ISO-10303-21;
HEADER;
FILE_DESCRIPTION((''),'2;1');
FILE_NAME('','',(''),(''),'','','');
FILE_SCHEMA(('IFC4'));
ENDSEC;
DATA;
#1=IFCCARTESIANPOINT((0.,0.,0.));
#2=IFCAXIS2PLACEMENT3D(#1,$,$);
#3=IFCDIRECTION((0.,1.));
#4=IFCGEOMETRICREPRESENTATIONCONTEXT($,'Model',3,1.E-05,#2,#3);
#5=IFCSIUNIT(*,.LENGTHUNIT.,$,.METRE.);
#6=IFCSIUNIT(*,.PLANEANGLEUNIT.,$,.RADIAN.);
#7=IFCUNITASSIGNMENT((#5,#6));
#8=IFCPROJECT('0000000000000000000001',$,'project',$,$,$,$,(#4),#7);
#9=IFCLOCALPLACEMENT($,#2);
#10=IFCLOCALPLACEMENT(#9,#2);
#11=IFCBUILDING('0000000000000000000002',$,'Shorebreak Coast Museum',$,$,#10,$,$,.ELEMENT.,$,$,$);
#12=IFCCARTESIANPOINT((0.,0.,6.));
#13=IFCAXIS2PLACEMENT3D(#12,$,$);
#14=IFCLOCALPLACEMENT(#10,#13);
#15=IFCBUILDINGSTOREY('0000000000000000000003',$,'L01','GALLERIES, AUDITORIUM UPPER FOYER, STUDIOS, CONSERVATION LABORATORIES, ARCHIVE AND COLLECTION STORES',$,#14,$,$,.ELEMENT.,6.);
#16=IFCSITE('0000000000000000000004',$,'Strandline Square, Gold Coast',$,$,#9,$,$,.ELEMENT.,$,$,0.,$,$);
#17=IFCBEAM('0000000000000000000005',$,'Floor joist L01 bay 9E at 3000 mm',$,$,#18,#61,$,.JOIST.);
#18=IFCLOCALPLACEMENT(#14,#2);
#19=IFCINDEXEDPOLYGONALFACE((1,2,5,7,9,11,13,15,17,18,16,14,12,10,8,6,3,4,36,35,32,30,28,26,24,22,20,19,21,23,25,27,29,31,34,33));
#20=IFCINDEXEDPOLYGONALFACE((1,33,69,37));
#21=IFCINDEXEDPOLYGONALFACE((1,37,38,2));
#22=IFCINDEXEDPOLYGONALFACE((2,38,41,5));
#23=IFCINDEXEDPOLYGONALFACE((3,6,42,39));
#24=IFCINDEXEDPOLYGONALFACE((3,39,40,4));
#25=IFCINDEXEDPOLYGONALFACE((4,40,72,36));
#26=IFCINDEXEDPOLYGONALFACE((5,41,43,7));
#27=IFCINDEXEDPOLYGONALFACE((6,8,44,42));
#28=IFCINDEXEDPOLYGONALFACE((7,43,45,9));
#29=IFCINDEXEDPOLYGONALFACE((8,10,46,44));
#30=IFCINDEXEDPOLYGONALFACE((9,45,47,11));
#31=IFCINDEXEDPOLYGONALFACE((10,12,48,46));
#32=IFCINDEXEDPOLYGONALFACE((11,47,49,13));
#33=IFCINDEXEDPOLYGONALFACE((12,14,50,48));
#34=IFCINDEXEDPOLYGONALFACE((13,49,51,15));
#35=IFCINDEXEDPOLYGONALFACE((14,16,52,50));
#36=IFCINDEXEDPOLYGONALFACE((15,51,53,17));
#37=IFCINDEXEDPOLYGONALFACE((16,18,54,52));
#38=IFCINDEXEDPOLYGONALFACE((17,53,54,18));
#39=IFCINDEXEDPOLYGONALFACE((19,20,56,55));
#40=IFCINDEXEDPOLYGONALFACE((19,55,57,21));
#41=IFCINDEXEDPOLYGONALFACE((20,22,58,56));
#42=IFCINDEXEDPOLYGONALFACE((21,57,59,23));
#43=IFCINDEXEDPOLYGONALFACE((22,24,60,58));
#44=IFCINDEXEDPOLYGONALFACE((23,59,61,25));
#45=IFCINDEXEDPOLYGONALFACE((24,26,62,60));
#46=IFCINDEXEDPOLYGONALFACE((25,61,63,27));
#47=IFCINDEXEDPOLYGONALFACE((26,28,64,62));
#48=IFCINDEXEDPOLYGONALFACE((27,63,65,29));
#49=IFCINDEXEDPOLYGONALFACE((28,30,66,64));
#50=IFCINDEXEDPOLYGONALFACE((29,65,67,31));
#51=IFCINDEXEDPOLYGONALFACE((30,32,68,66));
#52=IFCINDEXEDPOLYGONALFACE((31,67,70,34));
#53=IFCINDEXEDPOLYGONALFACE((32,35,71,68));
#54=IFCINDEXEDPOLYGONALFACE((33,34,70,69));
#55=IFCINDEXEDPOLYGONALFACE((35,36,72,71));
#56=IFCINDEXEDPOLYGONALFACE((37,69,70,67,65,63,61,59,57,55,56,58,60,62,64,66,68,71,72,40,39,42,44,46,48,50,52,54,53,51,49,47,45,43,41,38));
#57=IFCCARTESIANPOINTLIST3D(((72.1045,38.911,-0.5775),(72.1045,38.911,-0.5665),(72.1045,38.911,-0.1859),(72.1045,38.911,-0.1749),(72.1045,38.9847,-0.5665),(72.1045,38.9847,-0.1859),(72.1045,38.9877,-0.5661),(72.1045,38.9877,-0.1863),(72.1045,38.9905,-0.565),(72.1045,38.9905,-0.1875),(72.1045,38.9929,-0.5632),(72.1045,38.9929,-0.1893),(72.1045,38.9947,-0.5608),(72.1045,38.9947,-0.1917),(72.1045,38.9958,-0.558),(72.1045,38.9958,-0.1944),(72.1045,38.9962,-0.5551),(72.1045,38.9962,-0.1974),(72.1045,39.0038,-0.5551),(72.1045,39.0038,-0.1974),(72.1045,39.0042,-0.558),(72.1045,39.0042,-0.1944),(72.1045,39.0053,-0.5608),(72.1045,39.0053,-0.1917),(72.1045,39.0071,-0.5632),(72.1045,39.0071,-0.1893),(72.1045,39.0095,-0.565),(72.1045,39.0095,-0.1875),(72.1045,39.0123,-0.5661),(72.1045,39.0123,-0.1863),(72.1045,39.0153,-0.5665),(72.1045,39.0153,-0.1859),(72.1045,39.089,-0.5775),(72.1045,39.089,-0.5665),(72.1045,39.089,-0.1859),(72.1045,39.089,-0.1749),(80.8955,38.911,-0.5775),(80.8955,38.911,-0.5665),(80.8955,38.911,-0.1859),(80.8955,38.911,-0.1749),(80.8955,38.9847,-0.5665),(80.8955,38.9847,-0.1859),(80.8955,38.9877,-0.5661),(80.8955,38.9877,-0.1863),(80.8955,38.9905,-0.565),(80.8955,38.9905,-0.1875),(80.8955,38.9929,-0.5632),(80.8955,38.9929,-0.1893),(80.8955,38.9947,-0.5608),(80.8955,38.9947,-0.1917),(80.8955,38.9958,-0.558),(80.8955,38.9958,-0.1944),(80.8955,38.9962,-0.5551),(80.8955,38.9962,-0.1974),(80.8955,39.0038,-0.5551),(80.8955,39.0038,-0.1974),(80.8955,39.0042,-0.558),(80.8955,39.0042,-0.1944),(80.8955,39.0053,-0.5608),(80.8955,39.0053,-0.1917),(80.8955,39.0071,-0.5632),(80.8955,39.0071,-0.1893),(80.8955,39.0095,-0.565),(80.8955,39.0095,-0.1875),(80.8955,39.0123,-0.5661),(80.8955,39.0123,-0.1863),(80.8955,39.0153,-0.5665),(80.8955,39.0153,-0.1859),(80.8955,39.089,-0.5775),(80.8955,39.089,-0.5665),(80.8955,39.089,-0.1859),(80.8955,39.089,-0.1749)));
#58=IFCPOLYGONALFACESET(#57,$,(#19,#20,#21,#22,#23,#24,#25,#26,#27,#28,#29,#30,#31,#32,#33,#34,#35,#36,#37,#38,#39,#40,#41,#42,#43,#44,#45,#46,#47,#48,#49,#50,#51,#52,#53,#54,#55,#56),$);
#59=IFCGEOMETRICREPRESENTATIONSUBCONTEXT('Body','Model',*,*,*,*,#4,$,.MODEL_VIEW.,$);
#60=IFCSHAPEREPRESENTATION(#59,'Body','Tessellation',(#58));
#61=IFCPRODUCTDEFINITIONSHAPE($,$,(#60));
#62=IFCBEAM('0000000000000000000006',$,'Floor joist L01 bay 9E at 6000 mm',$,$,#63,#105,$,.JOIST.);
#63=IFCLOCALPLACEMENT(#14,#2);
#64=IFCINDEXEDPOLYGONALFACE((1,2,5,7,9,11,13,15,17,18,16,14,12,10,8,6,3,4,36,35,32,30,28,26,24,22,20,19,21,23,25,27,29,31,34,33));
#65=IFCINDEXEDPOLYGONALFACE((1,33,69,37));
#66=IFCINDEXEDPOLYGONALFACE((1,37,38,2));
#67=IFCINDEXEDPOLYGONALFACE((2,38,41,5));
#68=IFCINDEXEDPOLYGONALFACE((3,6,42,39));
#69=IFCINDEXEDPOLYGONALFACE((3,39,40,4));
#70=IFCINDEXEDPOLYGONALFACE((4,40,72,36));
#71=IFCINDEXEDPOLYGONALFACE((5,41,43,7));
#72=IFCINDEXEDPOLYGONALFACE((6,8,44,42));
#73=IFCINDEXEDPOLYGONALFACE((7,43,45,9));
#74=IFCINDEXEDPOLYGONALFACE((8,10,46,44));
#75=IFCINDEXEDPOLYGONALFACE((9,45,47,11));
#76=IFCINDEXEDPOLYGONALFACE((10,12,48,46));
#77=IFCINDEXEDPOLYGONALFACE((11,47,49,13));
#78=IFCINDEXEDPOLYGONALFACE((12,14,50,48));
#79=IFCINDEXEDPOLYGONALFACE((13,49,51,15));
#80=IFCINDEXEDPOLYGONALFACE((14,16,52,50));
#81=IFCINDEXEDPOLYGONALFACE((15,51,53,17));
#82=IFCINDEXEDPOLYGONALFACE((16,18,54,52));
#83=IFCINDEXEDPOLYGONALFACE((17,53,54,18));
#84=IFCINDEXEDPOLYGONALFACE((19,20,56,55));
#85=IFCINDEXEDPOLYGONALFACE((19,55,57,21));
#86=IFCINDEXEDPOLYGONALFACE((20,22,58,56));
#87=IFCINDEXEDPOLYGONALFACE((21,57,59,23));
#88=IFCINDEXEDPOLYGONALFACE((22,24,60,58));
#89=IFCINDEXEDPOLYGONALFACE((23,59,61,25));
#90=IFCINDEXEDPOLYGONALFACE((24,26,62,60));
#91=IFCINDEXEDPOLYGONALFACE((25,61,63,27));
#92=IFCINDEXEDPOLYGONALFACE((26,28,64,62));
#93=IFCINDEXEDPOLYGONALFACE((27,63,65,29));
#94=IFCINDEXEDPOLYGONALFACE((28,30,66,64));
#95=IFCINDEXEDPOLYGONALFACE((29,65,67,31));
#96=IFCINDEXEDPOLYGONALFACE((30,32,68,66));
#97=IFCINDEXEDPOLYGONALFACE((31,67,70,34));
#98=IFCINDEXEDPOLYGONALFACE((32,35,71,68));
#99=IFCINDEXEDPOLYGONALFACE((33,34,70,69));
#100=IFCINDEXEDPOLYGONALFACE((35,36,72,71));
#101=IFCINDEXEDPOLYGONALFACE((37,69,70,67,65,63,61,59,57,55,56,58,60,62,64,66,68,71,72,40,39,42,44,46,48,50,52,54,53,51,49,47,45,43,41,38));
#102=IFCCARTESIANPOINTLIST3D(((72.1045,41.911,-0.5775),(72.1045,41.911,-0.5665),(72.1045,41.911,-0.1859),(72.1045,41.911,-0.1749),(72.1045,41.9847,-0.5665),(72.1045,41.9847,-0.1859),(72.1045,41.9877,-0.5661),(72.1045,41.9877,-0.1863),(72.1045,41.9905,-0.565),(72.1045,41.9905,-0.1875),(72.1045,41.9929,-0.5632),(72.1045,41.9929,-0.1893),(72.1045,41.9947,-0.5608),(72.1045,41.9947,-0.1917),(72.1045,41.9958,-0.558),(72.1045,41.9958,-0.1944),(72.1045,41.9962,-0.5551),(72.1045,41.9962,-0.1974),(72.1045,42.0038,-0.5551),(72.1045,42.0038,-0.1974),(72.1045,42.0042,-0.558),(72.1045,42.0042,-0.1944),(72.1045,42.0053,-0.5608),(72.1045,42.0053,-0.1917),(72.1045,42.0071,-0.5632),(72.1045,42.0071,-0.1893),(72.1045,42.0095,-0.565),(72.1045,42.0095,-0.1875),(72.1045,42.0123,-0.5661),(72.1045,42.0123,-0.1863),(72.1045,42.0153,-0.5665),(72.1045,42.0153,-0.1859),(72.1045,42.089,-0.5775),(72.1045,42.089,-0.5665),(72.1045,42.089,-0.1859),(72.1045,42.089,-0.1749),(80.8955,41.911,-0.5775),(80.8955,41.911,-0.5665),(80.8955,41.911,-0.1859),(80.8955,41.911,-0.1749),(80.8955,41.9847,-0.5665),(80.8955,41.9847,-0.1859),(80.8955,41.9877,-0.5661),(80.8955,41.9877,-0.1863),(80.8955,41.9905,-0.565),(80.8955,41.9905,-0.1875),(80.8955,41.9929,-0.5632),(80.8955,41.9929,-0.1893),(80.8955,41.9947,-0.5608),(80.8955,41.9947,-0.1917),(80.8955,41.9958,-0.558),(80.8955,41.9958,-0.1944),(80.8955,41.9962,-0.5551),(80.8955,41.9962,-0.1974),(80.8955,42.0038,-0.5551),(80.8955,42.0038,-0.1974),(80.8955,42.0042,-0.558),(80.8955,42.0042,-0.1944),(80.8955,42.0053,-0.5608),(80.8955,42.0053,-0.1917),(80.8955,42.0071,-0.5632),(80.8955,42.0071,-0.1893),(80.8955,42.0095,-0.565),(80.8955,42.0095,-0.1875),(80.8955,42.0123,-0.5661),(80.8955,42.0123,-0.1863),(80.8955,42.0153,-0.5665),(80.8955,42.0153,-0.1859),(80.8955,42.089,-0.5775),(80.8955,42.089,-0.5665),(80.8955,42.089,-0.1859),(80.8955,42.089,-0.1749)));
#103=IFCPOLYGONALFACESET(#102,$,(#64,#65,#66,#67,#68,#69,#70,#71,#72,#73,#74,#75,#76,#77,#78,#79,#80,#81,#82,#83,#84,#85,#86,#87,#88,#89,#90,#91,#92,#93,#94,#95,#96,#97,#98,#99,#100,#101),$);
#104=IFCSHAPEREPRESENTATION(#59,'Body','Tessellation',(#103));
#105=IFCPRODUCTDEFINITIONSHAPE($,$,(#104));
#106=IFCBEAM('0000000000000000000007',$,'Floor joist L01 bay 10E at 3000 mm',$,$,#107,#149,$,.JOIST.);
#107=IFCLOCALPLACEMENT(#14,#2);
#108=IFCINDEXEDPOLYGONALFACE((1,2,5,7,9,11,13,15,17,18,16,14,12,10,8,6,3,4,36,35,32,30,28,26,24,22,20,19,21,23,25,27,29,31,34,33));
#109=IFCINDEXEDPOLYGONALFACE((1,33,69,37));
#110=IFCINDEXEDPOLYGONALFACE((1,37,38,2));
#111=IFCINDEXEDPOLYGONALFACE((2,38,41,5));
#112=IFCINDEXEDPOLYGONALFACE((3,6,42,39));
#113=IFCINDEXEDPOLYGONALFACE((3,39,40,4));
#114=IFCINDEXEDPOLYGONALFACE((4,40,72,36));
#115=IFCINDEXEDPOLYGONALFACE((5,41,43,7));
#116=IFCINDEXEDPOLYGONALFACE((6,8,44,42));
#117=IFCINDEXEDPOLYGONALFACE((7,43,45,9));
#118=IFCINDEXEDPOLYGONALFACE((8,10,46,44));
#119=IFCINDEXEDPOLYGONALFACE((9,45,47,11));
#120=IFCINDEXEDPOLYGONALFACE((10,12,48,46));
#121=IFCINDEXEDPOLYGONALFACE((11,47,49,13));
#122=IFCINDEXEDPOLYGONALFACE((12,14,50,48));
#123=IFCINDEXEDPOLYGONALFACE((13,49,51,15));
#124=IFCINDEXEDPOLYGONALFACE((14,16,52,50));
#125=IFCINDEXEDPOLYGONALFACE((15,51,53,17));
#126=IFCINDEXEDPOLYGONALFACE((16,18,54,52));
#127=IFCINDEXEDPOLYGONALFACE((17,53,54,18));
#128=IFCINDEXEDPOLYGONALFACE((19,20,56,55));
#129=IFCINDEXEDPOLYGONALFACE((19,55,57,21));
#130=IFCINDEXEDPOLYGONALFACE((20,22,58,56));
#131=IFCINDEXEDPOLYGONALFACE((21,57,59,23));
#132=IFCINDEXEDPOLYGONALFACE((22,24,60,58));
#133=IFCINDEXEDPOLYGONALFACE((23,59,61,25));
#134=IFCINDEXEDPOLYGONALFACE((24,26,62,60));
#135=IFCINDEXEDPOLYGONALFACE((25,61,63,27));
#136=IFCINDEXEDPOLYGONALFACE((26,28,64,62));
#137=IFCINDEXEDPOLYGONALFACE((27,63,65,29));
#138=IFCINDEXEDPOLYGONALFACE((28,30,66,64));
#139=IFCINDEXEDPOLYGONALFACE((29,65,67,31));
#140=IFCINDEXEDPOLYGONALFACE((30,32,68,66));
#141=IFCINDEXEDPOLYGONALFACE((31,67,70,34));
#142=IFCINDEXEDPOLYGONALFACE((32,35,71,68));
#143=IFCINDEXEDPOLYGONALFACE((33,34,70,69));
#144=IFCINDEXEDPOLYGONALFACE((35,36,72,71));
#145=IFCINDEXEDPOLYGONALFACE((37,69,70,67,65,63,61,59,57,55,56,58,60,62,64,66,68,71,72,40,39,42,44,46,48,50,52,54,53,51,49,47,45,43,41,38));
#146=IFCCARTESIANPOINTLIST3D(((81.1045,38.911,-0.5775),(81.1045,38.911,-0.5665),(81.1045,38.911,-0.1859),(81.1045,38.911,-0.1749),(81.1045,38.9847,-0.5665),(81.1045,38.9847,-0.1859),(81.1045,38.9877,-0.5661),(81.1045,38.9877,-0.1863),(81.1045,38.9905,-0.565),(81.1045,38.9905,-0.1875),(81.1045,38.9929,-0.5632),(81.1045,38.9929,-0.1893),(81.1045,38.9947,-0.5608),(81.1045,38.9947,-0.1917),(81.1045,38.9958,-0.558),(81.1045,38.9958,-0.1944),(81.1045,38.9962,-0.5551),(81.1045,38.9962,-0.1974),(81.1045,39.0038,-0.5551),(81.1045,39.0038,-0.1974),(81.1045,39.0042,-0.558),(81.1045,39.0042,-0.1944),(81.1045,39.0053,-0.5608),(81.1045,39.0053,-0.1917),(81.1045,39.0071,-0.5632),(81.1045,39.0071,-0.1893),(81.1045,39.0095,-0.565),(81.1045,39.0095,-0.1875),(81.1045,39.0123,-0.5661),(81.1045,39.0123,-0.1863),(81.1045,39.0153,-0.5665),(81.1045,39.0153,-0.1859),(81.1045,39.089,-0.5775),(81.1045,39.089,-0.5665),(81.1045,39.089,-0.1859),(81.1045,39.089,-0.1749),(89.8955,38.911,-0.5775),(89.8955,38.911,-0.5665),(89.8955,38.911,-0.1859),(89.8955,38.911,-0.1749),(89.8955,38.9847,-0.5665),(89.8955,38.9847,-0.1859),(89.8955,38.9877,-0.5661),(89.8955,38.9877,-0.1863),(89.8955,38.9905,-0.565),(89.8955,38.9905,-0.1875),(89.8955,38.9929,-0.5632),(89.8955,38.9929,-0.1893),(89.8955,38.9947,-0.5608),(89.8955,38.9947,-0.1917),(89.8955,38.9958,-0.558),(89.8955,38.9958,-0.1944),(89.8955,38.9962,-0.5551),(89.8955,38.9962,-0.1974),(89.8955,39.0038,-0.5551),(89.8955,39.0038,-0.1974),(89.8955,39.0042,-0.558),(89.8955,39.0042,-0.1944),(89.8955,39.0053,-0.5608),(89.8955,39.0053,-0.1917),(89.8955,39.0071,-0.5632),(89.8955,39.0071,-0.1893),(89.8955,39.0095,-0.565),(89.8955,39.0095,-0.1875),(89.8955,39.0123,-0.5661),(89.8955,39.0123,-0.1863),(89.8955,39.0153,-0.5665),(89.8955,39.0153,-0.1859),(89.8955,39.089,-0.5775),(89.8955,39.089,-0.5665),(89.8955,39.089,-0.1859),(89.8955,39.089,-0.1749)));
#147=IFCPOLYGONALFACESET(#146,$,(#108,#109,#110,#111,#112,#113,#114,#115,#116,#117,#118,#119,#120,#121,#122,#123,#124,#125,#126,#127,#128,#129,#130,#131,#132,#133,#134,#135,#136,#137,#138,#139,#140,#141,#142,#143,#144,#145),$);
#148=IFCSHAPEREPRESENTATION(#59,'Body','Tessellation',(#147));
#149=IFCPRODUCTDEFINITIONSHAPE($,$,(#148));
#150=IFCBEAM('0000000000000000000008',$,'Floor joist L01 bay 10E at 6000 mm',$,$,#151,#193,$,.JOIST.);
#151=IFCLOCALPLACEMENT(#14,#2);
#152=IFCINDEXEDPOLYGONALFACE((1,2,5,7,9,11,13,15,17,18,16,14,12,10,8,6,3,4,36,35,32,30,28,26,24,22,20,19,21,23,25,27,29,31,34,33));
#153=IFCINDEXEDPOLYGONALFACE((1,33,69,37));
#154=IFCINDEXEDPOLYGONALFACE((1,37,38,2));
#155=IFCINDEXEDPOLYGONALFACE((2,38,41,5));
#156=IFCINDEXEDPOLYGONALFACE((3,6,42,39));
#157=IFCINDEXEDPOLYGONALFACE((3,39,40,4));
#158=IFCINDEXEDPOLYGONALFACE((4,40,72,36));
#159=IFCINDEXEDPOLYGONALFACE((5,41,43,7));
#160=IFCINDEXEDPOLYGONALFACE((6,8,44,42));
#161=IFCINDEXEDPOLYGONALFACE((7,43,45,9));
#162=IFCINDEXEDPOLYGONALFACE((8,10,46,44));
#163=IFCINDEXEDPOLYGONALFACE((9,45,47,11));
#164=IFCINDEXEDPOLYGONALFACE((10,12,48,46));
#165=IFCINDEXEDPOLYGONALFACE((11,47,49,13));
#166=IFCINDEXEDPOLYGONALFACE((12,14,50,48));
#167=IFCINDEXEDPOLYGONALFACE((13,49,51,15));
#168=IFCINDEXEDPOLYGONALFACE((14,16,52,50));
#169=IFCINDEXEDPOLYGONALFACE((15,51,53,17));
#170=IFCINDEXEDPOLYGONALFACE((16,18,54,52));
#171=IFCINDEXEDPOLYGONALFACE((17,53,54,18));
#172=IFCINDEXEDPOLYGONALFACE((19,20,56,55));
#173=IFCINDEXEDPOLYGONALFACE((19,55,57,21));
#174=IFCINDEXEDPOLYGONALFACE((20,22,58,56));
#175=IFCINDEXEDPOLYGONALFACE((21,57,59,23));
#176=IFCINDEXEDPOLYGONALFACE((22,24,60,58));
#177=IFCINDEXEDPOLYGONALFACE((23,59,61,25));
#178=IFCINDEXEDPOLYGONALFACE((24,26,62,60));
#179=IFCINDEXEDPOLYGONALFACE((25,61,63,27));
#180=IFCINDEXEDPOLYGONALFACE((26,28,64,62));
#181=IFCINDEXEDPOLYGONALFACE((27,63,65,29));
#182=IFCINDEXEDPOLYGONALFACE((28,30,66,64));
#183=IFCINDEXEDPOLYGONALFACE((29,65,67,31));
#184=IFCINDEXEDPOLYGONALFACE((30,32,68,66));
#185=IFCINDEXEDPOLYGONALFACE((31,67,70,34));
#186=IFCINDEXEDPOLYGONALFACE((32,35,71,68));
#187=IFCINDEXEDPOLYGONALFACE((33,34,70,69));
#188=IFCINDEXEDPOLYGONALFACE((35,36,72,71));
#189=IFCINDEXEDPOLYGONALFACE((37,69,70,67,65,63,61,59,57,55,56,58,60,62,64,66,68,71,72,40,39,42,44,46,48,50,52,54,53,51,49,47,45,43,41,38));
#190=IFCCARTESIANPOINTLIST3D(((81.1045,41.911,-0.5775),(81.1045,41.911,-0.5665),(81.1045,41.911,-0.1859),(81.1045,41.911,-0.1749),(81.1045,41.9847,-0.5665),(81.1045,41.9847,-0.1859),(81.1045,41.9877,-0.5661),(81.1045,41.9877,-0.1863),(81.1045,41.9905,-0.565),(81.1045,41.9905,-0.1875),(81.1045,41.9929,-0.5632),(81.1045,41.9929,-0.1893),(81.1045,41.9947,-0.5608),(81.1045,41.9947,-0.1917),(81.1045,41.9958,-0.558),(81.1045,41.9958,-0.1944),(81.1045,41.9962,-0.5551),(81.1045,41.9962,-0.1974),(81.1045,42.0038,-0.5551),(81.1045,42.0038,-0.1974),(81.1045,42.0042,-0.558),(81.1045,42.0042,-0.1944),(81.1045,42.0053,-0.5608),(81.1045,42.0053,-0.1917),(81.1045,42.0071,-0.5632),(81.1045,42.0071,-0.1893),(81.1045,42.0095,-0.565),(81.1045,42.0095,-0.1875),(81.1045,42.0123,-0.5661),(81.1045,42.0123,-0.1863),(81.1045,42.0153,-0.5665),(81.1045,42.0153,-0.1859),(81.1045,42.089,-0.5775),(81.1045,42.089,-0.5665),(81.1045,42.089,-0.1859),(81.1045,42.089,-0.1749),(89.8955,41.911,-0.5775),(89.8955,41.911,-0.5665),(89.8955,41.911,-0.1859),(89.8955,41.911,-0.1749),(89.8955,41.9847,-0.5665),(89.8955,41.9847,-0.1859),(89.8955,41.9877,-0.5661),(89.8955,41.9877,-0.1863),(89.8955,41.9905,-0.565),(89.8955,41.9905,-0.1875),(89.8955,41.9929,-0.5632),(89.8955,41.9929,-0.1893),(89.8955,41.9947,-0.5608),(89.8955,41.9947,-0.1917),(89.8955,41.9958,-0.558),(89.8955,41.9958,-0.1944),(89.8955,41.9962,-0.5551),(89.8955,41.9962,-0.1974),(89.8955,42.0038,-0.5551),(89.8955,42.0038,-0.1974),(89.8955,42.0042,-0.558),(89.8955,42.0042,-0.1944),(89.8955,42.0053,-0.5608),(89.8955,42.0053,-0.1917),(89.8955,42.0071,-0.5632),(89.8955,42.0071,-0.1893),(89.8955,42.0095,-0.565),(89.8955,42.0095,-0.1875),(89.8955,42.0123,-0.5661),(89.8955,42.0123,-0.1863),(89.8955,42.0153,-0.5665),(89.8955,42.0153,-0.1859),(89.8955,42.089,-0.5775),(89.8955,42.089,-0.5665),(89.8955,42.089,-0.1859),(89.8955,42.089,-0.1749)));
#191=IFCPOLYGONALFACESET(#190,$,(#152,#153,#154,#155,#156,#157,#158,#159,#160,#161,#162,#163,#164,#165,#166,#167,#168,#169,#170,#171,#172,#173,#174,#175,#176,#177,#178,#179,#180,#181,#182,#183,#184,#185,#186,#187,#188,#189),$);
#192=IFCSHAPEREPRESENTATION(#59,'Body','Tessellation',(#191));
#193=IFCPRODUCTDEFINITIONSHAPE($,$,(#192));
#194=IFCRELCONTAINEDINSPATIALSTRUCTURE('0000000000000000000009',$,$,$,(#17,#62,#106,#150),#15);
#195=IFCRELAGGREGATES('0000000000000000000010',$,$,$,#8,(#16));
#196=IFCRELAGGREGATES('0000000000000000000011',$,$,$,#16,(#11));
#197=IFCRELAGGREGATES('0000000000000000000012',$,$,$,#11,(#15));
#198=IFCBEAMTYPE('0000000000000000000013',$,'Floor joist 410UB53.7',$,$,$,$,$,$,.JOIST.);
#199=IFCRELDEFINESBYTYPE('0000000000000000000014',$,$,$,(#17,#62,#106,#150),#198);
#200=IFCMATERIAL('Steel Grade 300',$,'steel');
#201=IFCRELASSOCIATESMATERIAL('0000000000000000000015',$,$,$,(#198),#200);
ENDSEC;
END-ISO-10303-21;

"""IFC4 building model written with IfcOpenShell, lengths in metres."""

from ifc_helpers import new_model, si_unit, direction, frame, origin, origin_2d, place, context, subcontext, project, spatial, i_section, extrude, material, material_profile, profile_set, type_object, element, save


model = new_model("IFC4")

# Units and contexts
model_context = context("Model", 3, precision=1e-05, world=origin(), true_north=direction((0.0, 1.0)))
body_context = subcontext(model_context, "Body", "Model", "MODEL_VIEW")
ifc_project = project(units=[si_unit("LENGTHUNIT", "METRE"), si_unit("PLANEANGLEUNIT", "RADIAN")], contexts=[model_context])

# Site, building, storey
site_placement = place(None, origin())
site = spatial("IfcSite", under=ifc_project, at=site_placement, Name="Strandline Square, Gold Coast", CompositionType="ELEMENT", RefElevation=0.0)
building_placement = place(site_placement, origin())
building = spatial("IfcBuilding", under=site, at=building_placement, Name="Shorebreak Coast Museum", CompositionType="ELEMENT")
storey_placement = place(building_placement, frame((0.0, 0.0, 6.0)))
storey = spatial("IfcBuildingStorey", under=building, at=storey_placement, Name="L01", Description="GALLERIES, AUDITORIUM UPPER FOYER, STUDIOS, CONSERVATION LABORATORIES, ARCHIVE AND COLLECTION STORES", CompositionType="ELEMENT", Elevation=6.0)

# Beams
ifc_material_1 = material(Name="Steel Grade 300", Category="steel")
ifc_material_profile_1 = material_profile(ifc_material_1, i_section(OverallWidth=0.178, OverallDepth=0.4026, WebThickness=0.0076, FlangeThickness=0.011, FilletRadius=0.0115, at=origin_2d()), Name="410UB53.7")
ifc_profile_set_1 = profile_set([ifc_material_profile_1], Name="Steel Grade 300")
beam_type_1 = type_object("IfcBeamType", Name="Floor joist 410UB53.7", PredefinedType="JOIST", material=ifc_profile_set_1)
for number, where, z_axis, x_axis, name in (
    (1, (72.1045, 39.0, -0.3762), (1.0, 0.0, 0.0), (0.0, 1.0, 0.0), "Floor joist L01 bay 9E at 3000 mm"),
    (2, (72.1045, 42.0, -0.3762), (1.0, 0.0, 0.0), (0.0, 1.0, 0.0), "Floor joist L01 bay 9E at 6000 mm"),
    (3, (81.1045, 39.0, -0.3762), (1.0, 0.0, 0.0), (0.0, 1.0, 0.0), "Floor joist L01 bay 10E at 3000 mm"),
    (4, (81.1045, 42.0, -0.3762), (1.0, 0.0, 0.0), (0.0, 1.0, 0.0), "Floor joist L01 bay 10E at 6000 mm"),
):
    element("IfcBeam", number, at=place(storey_placement, frame(where, z_axis=z_axis, x_axis=x_axis)), inside=storey, type_object=beam_type_1, Name=name, PredefinedType="JOIST", context=body_context, shape_type="SweptSolid", body=[
        extrude(i_section(OverallWidth=0.178, OverallDepth=0.4026, WebThickness=0.0076, FlangeThickness=0.011, FilletRadius=0.0115, at=origin_2d()), origin(), (0.0, 0.0, 1.0), 8.791),
    ])

save(model, "model.ifc")
